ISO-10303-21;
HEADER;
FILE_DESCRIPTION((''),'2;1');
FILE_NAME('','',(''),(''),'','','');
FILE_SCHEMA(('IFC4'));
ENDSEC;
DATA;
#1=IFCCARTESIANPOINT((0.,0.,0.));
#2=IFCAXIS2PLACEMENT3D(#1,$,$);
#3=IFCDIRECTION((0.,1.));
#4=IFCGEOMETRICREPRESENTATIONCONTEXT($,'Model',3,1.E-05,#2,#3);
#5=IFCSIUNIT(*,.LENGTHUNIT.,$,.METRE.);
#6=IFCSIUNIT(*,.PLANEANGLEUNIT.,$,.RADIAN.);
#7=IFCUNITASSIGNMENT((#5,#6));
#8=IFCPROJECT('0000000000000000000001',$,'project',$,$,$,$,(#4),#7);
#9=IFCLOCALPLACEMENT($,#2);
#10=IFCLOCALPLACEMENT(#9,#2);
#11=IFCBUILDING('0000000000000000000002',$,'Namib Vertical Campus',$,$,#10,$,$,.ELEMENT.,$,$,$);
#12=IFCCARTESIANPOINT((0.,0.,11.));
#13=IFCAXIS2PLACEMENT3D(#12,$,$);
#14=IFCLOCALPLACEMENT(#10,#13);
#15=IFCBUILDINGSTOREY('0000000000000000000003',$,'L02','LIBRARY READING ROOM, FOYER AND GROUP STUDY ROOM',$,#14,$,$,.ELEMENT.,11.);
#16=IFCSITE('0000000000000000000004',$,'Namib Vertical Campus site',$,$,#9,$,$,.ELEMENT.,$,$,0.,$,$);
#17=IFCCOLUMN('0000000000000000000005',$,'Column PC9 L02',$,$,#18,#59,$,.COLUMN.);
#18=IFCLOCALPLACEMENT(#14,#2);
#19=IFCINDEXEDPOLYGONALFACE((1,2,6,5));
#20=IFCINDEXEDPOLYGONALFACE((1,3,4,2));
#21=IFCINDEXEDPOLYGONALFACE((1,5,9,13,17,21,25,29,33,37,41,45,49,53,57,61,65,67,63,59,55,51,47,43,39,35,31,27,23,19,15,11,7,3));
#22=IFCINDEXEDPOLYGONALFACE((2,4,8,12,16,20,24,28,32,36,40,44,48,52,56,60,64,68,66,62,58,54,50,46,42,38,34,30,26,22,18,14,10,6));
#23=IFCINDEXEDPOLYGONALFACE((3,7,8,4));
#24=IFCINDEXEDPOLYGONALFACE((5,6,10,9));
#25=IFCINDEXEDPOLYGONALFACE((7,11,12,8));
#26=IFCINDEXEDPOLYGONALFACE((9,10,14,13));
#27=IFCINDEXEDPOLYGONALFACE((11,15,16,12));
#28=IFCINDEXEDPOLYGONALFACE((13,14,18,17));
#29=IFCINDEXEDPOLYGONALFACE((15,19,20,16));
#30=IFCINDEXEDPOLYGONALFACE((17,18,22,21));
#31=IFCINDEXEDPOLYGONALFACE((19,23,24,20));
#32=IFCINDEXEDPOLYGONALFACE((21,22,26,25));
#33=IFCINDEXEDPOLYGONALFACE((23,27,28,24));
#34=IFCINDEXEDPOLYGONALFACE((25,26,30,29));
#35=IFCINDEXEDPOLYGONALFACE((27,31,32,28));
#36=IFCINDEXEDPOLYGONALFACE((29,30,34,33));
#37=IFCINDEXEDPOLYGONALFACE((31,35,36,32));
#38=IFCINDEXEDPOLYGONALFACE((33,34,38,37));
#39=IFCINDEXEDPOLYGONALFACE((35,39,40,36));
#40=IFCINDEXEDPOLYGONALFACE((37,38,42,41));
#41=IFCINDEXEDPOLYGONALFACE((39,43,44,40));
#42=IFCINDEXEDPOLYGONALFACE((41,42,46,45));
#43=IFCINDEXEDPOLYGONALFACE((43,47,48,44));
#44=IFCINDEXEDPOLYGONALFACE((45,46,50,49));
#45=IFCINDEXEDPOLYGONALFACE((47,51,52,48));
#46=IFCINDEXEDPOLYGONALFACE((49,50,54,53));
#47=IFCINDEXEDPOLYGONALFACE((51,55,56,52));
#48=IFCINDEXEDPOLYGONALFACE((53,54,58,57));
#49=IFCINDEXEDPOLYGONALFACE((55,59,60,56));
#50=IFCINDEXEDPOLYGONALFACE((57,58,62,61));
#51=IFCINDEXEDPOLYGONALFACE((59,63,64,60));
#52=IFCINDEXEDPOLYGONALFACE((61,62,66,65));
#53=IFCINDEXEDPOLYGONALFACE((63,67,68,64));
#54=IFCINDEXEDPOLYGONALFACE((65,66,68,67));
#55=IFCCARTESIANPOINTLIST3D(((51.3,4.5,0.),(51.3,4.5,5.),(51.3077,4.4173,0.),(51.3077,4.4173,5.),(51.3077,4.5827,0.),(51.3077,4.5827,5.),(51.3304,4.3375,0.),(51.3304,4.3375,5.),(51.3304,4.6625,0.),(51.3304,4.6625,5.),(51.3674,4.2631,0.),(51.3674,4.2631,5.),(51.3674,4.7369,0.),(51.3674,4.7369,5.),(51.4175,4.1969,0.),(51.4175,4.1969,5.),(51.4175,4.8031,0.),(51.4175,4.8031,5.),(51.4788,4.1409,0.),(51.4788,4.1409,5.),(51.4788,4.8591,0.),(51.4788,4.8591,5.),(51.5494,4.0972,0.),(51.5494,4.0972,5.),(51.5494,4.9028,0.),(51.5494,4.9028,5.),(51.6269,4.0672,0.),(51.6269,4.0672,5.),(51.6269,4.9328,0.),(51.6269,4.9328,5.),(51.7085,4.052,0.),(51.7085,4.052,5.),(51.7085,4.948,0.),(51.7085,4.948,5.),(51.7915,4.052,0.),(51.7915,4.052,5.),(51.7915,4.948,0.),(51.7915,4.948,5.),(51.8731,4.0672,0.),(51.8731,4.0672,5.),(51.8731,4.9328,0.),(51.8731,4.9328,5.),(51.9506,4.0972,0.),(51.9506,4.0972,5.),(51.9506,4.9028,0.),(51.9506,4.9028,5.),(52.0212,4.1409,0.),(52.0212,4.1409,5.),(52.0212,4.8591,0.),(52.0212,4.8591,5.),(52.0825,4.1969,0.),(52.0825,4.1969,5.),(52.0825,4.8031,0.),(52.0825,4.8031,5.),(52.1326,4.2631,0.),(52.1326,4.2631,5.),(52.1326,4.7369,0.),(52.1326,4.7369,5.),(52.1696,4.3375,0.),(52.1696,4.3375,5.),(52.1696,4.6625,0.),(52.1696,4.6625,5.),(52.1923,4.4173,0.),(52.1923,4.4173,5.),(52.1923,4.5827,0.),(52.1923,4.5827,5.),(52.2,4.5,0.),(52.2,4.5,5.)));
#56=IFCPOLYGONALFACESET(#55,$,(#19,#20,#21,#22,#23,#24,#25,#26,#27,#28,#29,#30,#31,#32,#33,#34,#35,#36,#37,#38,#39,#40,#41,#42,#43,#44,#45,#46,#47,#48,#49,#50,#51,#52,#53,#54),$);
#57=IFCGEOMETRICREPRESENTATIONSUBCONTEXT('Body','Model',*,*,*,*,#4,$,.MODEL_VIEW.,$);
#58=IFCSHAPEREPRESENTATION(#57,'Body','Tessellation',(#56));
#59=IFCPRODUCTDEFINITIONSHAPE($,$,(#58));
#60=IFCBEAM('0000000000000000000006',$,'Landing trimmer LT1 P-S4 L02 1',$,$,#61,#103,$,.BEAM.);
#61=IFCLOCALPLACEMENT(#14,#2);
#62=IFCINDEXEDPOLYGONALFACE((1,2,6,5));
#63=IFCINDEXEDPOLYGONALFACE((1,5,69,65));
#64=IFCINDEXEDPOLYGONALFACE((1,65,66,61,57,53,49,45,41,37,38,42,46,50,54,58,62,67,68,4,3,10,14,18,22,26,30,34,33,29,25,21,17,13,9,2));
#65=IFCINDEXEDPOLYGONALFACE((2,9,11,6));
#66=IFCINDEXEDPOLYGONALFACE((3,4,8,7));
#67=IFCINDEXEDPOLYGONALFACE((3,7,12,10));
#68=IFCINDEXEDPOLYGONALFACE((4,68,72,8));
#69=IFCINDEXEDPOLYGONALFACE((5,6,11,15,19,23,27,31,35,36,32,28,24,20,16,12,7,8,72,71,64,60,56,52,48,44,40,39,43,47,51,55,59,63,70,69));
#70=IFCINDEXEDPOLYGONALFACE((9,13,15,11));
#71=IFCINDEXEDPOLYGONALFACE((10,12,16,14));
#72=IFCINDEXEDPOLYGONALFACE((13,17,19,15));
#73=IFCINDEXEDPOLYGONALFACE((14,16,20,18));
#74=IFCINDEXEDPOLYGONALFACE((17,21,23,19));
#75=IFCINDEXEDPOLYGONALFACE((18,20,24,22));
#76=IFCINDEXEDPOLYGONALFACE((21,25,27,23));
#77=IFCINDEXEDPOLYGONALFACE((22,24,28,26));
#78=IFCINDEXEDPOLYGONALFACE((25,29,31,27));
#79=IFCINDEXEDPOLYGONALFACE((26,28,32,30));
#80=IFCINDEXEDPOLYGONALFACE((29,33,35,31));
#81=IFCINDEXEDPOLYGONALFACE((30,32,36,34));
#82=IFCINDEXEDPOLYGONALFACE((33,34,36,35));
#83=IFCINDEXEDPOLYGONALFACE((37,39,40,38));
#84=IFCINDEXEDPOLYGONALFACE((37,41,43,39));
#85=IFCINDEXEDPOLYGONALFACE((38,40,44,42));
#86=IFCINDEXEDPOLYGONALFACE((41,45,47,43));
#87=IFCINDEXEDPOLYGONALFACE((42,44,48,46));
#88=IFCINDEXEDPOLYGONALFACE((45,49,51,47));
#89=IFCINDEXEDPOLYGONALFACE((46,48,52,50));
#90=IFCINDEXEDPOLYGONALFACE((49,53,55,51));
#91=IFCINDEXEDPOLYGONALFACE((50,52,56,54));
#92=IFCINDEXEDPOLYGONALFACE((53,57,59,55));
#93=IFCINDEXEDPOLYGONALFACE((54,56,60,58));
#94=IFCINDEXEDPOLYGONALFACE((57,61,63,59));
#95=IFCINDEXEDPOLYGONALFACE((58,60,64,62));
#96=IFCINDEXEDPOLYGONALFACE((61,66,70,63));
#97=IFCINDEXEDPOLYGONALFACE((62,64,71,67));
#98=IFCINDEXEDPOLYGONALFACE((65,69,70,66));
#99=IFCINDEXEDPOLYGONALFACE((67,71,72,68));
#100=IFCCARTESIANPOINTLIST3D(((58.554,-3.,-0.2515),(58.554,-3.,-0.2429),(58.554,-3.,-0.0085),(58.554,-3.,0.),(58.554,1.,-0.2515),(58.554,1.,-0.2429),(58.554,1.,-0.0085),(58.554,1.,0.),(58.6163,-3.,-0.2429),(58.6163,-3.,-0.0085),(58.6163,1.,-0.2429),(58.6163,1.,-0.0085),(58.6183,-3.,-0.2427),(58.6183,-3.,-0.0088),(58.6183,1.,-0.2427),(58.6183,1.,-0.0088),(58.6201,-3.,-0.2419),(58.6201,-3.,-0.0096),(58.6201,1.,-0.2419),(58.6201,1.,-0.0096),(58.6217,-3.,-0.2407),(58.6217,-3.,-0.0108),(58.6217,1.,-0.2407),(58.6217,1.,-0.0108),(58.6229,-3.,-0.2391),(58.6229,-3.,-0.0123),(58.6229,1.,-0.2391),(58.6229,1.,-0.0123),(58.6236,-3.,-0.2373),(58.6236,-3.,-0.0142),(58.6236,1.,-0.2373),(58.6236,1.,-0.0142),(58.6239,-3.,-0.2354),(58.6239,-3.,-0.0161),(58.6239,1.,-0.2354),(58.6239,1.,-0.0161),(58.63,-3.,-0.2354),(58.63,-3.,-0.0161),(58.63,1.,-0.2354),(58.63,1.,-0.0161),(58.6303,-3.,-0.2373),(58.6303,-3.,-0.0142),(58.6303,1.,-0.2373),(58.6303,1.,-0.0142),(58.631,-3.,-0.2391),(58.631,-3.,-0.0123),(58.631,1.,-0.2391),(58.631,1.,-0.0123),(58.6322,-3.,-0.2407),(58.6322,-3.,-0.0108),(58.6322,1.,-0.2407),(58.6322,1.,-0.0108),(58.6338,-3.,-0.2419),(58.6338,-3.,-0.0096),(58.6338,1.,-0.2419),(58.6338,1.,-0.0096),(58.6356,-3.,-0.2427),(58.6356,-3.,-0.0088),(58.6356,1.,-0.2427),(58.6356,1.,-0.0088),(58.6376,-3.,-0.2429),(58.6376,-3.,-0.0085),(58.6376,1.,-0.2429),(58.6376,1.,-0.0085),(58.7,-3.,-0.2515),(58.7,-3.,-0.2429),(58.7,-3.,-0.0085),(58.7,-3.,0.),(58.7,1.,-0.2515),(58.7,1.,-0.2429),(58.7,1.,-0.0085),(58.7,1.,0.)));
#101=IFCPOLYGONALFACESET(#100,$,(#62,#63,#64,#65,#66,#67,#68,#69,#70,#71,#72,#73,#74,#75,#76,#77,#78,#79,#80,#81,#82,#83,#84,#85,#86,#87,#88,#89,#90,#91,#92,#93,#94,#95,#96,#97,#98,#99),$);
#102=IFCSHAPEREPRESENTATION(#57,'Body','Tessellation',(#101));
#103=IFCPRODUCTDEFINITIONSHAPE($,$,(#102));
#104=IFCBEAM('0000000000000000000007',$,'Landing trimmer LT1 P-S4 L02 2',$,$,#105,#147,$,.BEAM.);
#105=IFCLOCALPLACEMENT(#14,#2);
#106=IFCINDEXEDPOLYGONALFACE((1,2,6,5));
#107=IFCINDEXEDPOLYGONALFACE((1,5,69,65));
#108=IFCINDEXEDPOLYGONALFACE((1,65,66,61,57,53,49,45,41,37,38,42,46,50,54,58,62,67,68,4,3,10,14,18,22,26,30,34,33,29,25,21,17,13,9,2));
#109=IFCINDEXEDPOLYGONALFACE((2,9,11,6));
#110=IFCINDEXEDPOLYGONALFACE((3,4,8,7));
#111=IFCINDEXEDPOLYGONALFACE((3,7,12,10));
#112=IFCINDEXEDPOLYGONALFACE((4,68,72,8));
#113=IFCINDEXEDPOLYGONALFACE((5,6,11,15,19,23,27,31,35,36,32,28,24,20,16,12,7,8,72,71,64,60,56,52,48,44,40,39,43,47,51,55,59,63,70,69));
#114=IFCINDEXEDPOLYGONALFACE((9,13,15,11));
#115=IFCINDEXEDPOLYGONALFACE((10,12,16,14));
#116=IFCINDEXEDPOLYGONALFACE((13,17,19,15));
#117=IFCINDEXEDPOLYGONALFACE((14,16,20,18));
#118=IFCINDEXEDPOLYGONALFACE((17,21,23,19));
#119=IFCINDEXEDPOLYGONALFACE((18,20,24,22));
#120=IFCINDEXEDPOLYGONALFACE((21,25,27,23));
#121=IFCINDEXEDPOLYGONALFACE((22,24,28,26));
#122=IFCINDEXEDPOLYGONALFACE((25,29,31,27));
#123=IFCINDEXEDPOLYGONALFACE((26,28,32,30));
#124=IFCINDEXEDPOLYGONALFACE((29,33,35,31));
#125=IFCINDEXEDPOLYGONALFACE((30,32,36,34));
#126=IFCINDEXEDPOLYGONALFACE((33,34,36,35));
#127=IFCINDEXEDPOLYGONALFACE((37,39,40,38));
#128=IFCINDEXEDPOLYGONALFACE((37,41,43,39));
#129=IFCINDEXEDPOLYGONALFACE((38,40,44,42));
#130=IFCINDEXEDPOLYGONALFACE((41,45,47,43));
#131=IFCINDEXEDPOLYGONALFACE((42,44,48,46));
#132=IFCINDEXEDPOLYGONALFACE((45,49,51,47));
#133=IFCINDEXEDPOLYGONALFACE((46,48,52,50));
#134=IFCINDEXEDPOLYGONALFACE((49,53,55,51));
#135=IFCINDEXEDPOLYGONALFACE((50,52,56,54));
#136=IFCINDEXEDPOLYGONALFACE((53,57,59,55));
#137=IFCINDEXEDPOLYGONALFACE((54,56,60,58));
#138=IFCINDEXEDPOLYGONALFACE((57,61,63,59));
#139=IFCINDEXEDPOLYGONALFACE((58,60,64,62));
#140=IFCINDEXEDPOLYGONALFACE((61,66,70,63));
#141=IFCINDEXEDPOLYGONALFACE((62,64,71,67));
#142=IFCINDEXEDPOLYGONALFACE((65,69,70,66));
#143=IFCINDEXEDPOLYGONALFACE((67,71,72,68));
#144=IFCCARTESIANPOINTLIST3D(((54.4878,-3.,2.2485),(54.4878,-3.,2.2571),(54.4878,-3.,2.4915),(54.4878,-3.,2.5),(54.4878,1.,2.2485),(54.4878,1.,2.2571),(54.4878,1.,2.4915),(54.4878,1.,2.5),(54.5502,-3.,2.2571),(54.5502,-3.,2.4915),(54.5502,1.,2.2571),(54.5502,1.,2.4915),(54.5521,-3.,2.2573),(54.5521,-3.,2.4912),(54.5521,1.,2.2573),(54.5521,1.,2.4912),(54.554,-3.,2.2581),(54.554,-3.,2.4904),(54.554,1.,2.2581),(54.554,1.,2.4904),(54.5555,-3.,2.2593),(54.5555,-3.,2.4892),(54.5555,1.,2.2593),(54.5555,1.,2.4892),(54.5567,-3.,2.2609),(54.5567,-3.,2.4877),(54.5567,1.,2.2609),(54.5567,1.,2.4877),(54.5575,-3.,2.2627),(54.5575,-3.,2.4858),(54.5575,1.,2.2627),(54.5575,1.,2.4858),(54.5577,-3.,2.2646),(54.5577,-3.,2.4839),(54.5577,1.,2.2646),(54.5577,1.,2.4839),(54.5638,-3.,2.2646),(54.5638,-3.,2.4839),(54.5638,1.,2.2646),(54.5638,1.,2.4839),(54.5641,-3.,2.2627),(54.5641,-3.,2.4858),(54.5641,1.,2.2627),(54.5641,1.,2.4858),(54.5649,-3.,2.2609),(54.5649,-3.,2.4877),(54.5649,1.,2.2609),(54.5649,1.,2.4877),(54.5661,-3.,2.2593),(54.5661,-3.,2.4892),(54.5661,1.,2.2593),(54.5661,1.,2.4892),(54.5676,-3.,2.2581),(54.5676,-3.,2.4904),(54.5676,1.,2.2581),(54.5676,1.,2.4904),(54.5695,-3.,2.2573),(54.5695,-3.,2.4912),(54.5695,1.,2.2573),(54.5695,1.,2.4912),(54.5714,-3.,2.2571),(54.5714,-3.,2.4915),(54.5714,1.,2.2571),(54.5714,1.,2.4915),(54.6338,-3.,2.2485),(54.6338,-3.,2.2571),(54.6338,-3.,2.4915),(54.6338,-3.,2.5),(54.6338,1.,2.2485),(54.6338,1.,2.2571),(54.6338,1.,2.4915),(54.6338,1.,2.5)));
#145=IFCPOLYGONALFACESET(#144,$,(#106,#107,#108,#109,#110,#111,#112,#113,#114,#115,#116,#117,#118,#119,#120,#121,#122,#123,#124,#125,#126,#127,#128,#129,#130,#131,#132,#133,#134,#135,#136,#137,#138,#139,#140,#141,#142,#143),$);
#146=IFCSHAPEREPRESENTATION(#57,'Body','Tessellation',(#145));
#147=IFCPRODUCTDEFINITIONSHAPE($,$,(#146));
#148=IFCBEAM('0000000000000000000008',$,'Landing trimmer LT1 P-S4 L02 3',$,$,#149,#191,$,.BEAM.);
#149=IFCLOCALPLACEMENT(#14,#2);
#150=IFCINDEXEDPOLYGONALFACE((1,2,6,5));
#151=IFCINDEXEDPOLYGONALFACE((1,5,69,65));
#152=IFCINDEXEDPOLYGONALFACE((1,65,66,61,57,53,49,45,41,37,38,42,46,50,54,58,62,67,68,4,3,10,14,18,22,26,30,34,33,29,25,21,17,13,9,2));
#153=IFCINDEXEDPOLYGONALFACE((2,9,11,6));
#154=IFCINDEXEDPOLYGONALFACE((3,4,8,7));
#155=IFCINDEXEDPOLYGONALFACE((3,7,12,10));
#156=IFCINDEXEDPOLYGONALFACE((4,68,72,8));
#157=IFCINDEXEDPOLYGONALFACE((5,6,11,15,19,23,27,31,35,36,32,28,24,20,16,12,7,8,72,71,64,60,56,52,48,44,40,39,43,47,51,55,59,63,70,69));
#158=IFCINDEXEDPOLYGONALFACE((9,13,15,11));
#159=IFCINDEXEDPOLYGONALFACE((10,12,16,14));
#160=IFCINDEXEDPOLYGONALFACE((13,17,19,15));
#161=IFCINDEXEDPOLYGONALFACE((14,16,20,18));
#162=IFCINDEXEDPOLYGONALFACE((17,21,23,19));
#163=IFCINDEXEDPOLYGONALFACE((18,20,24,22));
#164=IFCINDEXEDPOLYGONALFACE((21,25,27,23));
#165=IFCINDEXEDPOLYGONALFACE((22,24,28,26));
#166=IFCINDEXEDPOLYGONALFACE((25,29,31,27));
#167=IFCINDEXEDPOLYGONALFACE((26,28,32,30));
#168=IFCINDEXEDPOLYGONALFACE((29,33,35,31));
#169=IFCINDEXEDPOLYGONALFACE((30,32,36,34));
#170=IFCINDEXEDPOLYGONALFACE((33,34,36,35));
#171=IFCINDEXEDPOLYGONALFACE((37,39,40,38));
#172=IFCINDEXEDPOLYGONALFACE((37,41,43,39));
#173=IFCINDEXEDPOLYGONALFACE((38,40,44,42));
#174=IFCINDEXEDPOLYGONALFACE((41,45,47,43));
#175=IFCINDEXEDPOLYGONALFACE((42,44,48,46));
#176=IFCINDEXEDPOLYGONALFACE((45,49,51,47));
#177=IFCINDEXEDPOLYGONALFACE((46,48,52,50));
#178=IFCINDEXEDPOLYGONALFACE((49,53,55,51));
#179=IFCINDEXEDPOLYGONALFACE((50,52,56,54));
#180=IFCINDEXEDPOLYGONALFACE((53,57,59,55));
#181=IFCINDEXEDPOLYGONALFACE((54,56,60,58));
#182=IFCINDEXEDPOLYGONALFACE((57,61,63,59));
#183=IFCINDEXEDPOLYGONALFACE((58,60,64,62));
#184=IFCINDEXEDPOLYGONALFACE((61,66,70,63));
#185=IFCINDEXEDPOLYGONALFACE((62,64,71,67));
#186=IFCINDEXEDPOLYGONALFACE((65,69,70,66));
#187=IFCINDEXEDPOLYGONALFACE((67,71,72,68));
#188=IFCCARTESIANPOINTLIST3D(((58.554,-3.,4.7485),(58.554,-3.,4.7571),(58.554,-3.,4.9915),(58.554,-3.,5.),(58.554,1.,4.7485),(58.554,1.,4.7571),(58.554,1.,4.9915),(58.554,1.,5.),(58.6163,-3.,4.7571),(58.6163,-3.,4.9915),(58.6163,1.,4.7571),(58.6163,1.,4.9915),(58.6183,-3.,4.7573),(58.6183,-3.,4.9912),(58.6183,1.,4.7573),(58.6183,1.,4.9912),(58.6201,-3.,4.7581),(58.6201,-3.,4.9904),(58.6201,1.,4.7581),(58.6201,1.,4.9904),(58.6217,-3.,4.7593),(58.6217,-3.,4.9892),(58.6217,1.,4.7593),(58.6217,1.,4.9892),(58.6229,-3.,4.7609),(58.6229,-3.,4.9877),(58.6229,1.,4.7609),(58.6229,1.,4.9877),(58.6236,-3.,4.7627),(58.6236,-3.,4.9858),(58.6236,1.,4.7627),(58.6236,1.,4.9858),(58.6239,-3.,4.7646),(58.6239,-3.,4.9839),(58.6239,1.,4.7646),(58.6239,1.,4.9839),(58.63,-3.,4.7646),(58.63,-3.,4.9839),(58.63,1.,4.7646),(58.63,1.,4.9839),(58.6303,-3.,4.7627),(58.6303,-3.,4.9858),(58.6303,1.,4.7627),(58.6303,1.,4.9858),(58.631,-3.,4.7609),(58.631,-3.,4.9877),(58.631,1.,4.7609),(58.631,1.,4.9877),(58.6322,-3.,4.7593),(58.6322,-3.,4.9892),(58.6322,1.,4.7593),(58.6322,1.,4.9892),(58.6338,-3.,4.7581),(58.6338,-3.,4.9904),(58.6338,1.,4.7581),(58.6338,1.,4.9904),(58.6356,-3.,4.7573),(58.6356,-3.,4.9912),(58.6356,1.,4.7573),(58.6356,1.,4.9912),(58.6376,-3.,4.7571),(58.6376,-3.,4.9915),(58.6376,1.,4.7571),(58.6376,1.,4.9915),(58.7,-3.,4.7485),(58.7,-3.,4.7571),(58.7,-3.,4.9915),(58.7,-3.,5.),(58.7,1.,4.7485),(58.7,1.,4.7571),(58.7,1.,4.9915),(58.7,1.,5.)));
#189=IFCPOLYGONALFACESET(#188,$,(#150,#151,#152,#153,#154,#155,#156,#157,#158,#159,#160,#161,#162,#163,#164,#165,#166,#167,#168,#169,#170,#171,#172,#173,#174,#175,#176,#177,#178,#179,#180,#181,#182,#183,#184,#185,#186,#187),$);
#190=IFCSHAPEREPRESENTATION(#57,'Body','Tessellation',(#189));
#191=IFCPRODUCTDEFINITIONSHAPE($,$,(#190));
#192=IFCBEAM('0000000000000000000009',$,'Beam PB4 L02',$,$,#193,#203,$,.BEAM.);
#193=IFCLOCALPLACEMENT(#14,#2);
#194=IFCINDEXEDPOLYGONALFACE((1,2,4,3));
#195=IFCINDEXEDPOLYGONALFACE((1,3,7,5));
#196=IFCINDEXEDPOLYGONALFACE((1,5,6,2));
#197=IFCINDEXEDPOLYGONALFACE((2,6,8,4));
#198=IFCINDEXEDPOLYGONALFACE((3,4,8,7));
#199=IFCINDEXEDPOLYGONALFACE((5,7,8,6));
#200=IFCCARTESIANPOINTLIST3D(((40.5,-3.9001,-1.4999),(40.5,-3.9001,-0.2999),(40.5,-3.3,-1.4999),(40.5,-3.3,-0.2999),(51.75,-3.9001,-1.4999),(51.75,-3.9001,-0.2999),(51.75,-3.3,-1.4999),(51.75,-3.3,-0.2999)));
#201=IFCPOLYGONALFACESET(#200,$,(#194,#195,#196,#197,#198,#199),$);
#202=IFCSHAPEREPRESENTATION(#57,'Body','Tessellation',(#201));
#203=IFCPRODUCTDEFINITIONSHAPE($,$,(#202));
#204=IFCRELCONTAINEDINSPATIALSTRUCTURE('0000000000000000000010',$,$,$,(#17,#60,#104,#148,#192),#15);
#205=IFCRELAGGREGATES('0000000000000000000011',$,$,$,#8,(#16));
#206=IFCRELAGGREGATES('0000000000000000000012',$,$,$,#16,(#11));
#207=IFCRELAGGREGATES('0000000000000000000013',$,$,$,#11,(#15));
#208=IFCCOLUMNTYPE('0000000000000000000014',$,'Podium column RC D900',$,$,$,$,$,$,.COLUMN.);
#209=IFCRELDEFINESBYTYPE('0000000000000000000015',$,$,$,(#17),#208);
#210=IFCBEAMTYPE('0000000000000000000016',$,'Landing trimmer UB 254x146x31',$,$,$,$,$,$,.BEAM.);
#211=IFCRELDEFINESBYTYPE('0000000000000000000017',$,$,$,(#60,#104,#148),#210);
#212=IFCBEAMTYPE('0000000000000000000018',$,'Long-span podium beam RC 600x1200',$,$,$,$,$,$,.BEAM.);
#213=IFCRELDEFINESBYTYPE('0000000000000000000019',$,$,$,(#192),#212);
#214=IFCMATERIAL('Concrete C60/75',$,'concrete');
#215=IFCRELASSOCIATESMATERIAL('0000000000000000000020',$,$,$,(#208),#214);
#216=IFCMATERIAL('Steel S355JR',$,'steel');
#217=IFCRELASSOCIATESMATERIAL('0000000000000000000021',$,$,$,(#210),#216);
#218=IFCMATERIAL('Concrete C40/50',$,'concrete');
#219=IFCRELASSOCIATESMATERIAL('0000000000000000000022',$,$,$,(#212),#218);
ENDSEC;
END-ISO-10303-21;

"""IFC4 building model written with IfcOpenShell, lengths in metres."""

from ifc_helpers import new_model, si_unit, direction, frame, origin, origin_2d, place, context, subcontext, project, spatial, rectangle, circle, i_section, extrude, material, material_profile, profile_set, type_object, element, save


model = new_model("IFC4")

# Units and contexts
model_context = context("Model", 3, precision=1e-05, world=origin(), true_north=direction((0.0, 1.0)))
body_context = subcontext(model_context, "Body", "Model", "MODEL_VIEW")
ifc_project = project(units=[si_unit("LENGTHUNIT", "METRE"), si_unit("PLANEANGLEUNIT", "RADIAN")], contexts=[model_context])

# Site, building, storey
site_placement = place(None, origin())
site = spatial("IfcSite", under=ifc_project, at=site_placement, Name="Namib Vertical Campus site", CompositionType="ELEMENT", RefElevation=0.0)
building_placement = place(site_placement, origin())
building = spatial("IfcBuilding", under=site, at=building_placement, Name="Namib Vertical Campus", CompositionType="ELEMENT")
storey_placement = place(building_placement, frame((0.0, 0.0, 11.0)))
storey = spatial("IfcBuildingStorey", under=building, at=storey_placement, Name="L02", Description="LIBRARY READING ROOM, FOYER AND GROUP STUDY ROOM", CompositionType="ELEMENT", Elevation=11.0)

# Column
ifc_material_1 = material(Name="Concrete C60/75", Category="concrete")
ifc_material_profile_1 = material_profile(ifc_material_1, circle(Radius=0.45, at=origin_2d()))
ifc_profile_set_1 = profile_set([ifc_material_profile_1], Name="Concrete C60/75")
column_type_1 = type_object("IfcColumnType", Name="Podium column RC D900", PredefinedType="COLUMN", material=ifc_profile_set_1)
for number, where, z_axis, x_axis, name in (
    (1, (51.75, 4.5, 0.0), (0.0, 0.0, 1.0), (1.0, 0.0, 0.0), "Column PC9 L02"),
):
    element("IfcColumn", number, at=place(storey_placement, frame(where, z_axis=z_axis, x_axis=x_axis)), inside=storey, type_object=column_type_1, Name=name, PredefinedType="COLUMN", context=body_context, shape_type="SweptSolid", body=[
        extrude(circle(Radius=0.45, at=origin_2d()), origin(), (0.0, 0.0, 1.0), 5.0),
    ])

# Beams
ifc_material_2 = material(Name="Steel S355JR", Category="steel")
ifc_material_profile_2 = material_profile(ifc_material_2, i_section(OverallWidth=0.146, OverallDepth=0.2515, WebThickness=0.0061, FlangeThickness=0.0085, FilletRadius=0.0076, at=origin_2d()))
ifc_profile_set_2 = profile_set([ifc_material_profile_2], Name="Steel S355JR")
beam_type_1 = type_object("IfcBeamType", Name="Landing trimmer UB 254x146x31", PredefinedType="BEAM", material=ifc_profile_set_2)
for number, where, z_axis, x_axis, name in (
    (2, (58.627, -3.0, -0.1257), (0.0, 1.0, 0.0), (-1.0, 0.0, 0.0), "Landing trimmer LT1 P-S4 L02 1"),
    (3, (54.5608, -3.0, 2.3743), (0.0, 1.0, 0.0), (-1.0, 0.0, 0.0), "Landing trimmer LT1 P-S4 L02 2"),
    (4, (58.627, -3.0, 4.8743), (0.0, 1.0, 0.0), (-1.0, 0.0, 0.0), "Landing trimmer LT1 P-S4 L02 3"),
):
    element("IfcBeam", number, at=place(storey_placement, frame(where, z_axis=z_axis, x_axis=x_axis)), inside=storey, type_object=beam_type_1, Name=name, PredefinedType="BEAM", context=body_context, shape_type="SweptSolid", body=[
        extrude(i_section(OverallWidth=0.146, OverallDepth=0.2515, WebThickness=0.0061, FlangeThickness=0.0085, FilletRadius=0.0076, at=origin_2d()), origin(), (0.0, 0.0, 1.0), 4.0),
    ])
ifc_material_3 = material(Name="Concrete C40/50", Category="concrete")
ifc_material_profile_3 = material_profile(ifc_material_3, rectangle(XDim=0.6001, YDim=1.2, at=origin_2d()))
ifc_profile_set_3 = profile_set([ifc_material_profile_3], Name="Concrete C40/50")
beam_type_2 = type_object("IfcBeamType", Name="Long-span podium beam RC 600x1200", PredefinedType="BEAM", material=ifc_profile_set_3)
for number, where, z_axis, x_axis, name in (
    (5, (40.5, -3.6001, -0.8999), (1.0, 0.0, 0.0), (0.0, 1.0, 0.0), "Beam PB4 L02"),
):
    element("IfcBeam", number, at=place(storey_placement, frame(where, z_axis=z_axis, x_axis=x_axis)), inside=storey, type_object=beam_type_2, Name=name, PredefinedType="BEAM", context=body_context, shape_type="SweptSolid", body=[
        extrude(rectangle(XDim=0.6001, YDim=1.2, at=origin_2d()), origin(), (0.0, 0.0, 1.0), 11.25),
    ])

save(model, "model.ifc")
